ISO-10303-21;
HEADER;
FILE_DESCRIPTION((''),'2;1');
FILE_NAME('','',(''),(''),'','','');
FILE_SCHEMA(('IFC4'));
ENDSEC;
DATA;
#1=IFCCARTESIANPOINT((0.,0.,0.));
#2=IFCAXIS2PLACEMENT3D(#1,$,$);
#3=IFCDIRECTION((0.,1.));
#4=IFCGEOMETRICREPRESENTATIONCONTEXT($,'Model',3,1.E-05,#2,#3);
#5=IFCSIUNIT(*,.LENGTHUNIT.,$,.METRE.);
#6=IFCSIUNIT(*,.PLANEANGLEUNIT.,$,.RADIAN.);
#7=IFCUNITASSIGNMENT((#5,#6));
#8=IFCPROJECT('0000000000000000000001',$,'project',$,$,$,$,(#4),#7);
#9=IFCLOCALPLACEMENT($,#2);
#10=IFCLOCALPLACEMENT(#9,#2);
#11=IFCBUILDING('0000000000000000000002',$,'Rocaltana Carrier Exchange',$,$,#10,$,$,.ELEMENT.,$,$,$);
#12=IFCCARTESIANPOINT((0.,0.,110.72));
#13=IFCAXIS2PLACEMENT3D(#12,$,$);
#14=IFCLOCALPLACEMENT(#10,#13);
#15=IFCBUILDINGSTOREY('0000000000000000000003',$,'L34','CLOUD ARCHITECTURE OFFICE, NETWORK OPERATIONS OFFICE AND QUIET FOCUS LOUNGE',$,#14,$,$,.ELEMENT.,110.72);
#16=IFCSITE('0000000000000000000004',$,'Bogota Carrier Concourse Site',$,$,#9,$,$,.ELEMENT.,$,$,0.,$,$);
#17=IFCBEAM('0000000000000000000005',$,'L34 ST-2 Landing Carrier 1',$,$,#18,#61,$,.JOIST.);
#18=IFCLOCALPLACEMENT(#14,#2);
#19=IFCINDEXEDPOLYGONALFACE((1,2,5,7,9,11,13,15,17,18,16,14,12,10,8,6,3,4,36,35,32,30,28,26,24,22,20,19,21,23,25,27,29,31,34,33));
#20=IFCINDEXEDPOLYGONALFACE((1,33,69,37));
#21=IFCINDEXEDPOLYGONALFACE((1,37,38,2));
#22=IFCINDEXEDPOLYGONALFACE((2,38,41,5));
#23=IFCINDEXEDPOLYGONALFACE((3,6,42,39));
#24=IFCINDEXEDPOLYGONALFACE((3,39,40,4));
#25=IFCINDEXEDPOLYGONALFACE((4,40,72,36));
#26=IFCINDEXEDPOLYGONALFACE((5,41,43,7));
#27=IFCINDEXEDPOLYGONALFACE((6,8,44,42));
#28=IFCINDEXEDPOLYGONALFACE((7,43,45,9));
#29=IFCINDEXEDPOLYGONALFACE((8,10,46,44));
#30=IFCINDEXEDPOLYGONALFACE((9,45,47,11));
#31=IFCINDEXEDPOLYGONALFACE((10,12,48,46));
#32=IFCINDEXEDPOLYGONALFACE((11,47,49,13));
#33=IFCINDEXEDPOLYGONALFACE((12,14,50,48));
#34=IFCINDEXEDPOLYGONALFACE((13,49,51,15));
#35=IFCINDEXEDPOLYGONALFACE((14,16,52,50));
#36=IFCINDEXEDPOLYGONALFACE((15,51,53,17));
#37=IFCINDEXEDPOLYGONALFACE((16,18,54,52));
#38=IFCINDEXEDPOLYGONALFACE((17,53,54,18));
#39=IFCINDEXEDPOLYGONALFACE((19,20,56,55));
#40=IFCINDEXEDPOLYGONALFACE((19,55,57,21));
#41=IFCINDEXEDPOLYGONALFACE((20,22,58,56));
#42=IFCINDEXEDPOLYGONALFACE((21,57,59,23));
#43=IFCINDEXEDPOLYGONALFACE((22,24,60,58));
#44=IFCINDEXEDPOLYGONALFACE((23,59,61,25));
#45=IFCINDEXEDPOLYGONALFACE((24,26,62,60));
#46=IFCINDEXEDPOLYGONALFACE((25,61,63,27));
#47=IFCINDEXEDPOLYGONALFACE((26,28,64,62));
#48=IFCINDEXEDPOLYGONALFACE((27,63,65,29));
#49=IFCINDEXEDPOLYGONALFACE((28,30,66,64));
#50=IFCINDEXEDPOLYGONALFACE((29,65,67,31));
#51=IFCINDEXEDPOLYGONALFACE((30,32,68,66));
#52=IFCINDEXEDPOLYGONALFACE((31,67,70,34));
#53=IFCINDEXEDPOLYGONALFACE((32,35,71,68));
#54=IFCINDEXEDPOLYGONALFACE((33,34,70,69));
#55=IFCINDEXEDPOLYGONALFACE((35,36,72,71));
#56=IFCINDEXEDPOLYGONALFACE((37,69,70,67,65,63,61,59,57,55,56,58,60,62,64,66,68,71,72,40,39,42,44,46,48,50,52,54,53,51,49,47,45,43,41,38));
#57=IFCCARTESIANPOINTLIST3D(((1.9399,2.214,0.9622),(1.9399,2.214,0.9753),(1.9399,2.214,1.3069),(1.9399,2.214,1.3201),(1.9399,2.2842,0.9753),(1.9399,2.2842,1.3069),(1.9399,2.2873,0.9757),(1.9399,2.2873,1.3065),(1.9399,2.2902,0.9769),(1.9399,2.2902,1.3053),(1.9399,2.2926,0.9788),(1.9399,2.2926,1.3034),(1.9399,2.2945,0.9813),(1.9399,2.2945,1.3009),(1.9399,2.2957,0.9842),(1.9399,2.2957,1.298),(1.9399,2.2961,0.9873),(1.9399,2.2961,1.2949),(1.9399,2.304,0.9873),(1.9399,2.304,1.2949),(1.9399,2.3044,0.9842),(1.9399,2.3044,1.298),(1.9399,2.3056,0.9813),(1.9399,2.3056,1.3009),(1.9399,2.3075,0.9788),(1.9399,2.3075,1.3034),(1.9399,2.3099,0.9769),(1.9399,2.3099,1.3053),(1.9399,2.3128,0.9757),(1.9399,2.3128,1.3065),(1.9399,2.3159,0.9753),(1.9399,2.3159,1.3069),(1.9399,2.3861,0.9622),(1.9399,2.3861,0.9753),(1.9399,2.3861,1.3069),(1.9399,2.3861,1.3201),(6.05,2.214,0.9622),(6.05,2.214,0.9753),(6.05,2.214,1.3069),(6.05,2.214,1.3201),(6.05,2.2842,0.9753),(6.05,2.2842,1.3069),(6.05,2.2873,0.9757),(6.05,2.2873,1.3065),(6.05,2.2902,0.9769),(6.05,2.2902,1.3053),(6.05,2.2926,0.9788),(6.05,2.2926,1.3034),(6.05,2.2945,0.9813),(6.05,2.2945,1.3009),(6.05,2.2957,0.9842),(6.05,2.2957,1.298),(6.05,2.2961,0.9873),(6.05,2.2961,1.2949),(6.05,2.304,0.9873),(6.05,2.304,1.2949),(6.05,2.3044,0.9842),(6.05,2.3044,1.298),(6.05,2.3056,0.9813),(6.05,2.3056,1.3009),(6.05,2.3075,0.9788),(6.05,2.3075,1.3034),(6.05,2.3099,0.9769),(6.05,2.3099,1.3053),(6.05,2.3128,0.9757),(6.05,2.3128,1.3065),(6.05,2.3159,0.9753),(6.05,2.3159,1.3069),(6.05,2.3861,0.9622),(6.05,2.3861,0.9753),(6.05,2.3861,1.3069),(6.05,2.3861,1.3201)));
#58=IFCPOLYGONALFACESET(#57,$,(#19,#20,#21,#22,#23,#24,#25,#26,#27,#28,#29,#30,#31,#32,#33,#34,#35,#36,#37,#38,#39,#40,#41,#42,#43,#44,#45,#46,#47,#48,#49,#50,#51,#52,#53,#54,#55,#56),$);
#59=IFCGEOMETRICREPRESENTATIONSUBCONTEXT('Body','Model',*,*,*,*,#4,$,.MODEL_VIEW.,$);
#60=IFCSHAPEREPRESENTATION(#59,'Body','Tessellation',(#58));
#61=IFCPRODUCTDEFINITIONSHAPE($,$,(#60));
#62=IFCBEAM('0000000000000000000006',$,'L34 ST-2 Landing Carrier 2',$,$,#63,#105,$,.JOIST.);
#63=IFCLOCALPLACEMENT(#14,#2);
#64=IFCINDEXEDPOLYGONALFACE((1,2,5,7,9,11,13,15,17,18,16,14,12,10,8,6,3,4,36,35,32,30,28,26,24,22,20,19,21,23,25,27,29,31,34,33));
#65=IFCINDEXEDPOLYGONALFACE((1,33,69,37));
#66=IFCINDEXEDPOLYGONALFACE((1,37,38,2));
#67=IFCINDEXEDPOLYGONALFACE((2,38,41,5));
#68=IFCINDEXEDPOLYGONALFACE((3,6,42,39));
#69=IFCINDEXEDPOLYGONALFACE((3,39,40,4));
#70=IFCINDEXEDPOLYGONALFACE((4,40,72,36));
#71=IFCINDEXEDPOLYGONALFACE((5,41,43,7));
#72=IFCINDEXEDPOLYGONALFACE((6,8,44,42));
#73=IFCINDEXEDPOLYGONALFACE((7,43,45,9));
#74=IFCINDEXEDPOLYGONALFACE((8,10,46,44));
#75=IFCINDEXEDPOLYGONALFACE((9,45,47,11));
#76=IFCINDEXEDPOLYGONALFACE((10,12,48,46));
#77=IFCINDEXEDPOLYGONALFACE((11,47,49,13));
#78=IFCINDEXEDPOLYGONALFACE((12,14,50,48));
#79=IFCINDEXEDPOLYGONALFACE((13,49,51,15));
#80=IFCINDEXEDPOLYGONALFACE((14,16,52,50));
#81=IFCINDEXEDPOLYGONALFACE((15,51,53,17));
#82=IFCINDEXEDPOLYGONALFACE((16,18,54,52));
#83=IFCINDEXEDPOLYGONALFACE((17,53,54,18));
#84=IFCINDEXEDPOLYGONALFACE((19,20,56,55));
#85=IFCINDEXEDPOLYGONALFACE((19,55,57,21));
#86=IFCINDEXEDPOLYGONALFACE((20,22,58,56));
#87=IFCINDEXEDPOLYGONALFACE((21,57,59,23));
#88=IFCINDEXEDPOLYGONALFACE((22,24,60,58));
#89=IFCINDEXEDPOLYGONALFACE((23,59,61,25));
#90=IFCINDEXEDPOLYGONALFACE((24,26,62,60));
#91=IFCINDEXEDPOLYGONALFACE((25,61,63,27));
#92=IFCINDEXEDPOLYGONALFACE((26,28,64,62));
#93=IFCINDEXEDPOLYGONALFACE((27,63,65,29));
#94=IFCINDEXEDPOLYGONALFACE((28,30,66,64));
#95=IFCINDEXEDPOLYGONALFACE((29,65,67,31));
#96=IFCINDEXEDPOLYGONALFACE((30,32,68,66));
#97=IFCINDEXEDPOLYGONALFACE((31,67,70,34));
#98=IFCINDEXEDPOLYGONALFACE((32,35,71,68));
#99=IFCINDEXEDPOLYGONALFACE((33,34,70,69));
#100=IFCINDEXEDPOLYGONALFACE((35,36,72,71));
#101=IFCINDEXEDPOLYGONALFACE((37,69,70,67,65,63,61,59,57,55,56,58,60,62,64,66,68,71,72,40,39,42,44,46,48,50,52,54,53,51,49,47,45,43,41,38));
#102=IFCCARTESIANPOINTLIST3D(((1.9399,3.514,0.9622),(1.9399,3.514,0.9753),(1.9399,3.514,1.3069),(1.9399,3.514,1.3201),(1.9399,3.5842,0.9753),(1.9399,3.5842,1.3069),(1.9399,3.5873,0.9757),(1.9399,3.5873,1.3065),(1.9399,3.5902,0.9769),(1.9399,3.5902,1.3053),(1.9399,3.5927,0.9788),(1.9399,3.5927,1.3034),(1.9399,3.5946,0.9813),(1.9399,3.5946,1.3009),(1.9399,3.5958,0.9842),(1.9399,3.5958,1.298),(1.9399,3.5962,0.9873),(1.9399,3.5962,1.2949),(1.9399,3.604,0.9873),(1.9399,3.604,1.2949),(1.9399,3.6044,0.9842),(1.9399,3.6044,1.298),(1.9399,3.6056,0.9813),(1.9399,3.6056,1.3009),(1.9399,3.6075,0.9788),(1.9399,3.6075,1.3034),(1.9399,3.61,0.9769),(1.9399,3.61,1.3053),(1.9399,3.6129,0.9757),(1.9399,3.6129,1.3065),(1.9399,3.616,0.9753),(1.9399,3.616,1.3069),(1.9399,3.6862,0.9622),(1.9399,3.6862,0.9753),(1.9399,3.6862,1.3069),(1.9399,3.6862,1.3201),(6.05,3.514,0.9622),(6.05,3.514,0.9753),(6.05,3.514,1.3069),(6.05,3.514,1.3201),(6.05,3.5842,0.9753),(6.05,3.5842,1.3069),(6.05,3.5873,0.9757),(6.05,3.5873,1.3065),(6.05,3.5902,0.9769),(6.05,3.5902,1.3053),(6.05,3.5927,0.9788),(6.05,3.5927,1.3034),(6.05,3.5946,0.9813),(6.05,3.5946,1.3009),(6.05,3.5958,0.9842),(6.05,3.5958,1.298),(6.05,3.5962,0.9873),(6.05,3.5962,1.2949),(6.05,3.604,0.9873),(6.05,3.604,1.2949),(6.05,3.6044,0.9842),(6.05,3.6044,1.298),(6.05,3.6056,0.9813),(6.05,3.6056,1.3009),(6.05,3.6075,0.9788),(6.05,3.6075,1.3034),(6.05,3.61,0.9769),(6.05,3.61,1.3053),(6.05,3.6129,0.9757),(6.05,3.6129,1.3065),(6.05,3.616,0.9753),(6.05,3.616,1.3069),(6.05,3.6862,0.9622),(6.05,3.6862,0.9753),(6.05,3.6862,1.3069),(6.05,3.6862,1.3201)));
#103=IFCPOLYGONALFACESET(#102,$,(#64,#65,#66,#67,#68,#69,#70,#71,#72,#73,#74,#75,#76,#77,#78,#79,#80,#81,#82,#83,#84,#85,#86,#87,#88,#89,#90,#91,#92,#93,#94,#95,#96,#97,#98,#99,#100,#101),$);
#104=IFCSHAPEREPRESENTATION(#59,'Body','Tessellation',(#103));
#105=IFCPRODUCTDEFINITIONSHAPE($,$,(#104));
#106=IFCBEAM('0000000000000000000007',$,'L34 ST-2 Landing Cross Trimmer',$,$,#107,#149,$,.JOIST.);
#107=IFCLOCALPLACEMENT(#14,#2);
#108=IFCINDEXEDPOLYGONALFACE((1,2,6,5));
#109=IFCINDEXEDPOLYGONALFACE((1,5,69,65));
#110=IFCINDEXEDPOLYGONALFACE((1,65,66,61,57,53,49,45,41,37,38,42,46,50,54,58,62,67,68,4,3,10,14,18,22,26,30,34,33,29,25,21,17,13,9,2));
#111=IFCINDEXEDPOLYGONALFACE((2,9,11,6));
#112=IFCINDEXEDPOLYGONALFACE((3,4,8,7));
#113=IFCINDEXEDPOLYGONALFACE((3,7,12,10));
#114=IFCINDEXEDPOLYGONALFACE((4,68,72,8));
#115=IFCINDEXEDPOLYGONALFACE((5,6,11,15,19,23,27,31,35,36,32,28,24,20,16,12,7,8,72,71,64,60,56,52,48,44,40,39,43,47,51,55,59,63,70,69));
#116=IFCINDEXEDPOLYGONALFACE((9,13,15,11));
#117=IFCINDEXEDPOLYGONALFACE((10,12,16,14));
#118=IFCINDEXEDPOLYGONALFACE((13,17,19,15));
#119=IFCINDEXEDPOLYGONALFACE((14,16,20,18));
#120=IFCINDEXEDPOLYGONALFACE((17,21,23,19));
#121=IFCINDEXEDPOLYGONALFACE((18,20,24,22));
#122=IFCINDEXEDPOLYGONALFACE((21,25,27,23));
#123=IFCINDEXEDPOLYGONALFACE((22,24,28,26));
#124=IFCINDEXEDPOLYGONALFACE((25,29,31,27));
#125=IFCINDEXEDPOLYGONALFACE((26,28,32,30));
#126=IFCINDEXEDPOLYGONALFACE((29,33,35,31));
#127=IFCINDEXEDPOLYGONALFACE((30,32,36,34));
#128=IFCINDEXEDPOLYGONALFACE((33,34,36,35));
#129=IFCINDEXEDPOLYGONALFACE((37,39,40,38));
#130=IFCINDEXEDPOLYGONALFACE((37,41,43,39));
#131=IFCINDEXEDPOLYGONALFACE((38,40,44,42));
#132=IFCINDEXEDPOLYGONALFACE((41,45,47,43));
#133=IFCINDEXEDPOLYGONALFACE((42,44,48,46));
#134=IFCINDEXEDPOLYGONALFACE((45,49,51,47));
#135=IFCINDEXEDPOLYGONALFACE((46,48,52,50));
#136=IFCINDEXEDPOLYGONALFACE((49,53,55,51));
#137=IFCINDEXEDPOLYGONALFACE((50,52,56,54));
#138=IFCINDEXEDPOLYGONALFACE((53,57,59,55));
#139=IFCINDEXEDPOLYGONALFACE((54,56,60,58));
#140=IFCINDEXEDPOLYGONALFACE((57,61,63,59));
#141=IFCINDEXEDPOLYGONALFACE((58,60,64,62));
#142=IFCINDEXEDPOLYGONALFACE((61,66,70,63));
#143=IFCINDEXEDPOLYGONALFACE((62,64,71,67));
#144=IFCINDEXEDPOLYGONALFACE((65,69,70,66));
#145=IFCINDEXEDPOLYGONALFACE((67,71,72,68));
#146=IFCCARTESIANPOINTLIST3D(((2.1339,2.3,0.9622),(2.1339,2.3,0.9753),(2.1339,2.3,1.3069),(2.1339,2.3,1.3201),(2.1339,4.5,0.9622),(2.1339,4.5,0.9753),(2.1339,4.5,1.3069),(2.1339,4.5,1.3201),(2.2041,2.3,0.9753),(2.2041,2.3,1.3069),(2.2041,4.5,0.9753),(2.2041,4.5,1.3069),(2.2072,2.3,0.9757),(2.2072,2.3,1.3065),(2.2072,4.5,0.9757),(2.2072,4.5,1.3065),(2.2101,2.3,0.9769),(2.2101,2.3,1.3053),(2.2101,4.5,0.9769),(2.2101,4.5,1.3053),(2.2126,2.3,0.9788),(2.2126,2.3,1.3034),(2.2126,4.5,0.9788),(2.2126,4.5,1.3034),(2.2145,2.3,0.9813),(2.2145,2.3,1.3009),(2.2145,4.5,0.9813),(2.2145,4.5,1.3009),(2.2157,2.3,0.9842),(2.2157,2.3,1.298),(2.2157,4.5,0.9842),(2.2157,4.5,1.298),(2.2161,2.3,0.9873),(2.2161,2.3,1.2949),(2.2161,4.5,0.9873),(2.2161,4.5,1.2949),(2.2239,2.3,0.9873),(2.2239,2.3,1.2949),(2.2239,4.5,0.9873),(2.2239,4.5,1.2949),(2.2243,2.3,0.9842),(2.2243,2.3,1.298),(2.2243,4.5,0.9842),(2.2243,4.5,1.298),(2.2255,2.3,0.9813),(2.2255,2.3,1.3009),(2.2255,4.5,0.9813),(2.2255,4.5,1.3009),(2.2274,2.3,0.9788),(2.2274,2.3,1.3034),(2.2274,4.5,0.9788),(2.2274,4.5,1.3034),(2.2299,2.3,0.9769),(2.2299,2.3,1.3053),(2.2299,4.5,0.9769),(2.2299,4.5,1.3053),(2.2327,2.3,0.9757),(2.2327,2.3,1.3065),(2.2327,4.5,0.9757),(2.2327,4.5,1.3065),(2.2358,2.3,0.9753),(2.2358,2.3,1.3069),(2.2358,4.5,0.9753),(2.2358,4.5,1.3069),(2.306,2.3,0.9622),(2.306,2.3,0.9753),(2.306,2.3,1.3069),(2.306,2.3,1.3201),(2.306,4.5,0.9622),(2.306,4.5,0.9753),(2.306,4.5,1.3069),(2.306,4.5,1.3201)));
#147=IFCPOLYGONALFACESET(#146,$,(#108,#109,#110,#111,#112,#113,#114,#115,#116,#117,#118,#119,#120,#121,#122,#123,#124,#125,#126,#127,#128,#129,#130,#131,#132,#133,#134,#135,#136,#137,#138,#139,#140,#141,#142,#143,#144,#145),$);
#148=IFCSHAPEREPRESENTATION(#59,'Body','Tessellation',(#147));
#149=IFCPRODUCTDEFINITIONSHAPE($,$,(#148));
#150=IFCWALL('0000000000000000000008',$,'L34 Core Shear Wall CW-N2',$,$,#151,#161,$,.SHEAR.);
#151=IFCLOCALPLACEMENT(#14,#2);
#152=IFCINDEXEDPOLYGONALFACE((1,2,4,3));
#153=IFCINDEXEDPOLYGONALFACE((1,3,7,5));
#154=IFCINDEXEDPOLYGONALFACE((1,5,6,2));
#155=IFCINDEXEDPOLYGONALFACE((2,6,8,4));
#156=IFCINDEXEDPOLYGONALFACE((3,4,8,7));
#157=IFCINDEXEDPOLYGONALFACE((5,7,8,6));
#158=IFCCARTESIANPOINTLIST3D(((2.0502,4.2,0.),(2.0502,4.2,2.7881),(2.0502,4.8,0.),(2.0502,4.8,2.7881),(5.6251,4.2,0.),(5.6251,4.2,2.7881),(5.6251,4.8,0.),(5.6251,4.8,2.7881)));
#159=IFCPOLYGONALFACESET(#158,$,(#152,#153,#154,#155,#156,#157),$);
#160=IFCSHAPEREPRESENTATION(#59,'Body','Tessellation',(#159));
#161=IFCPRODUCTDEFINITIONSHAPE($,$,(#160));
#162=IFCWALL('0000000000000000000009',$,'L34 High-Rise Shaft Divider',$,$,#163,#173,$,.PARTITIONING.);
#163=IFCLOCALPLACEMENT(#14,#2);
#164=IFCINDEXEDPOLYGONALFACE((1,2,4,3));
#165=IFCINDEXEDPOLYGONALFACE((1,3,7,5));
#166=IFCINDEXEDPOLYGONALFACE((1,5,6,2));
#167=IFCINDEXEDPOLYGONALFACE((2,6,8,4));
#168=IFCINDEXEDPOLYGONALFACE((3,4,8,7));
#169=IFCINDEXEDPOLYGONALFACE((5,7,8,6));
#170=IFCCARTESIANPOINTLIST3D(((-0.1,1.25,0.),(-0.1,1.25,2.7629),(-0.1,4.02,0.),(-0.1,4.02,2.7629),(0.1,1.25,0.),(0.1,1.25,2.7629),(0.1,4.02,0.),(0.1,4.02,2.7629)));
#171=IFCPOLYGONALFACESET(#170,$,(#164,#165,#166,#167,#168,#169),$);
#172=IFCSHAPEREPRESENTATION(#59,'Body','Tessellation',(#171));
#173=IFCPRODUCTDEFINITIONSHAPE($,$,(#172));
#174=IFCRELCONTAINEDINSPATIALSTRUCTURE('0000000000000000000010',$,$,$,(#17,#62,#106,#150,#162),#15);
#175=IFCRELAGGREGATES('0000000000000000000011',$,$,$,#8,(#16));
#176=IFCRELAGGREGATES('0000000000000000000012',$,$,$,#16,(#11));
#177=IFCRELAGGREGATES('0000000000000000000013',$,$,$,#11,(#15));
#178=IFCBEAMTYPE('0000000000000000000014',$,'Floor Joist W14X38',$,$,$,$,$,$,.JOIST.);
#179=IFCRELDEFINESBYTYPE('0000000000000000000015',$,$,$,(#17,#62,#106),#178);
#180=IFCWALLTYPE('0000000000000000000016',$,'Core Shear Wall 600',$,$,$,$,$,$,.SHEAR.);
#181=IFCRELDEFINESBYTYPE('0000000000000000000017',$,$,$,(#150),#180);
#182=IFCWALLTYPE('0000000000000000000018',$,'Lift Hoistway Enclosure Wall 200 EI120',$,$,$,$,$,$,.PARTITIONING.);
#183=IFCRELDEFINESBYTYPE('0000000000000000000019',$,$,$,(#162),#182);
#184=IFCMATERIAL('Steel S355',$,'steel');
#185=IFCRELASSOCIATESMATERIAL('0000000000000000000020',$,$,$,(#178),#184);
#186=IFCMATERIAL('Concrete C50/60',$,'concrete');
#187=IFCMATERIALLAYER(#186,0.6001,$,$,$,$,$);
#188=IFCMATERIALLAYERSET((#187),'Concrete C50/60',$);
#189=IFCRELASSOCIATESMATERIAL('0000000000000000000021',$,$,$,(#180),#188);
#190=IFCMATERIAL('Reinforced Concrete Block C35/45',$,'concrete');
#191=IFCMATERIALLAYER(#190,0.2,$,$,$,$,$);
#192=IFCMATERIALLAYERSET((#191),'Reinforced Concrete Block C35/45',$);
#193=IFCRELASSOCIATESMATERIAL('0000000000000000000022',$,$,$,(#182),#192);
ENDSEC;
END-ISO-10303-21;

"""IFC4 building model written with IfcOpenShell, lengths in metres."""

from ifc_helpers import new_model, si_unit, direction, frame, frame_2d, origin, origin_2d, place, context, subcontext, project, spatial, rectangle, i_section, extrude, material, layer, layer_set, material_profile, profile_set, type_object, element, save


model = new_model("IFC4")

# Units and contexts
model_context = context("Model", 3, precision=1e-05, world=origin(), true_north=direction((0.0, 1.0)))
body_context = subcontext(model_context, "Body", "Model", "MODEL_VIEW")
ifc_project = project(units=[si_unit("LENGTHUNIT", "METRE"), si_unit("PLANEANGLEUNIT", "RADIAN")], contexts=[model_context])

# Site, building, storey
site_placement = place(None, origin())
site = spatial("IfcSite", under=ifc_project, at=site_placement, Name="Bogota Carrier Concourse Site", CompositionType="ELEMENT", RefElevation=0.0)
building_placement = place(site_placement, origin())
building = spatial("IfcBuilding", under=site, at=building_placement, Name="Rocaltana Carrier Exchange", CompositionType="ELEMENT")
storey_placement = place(building_placement, frame((0.0, 0.0, 110.72)))
storey = spatial("IfcBuildingStorey", under=building, at=storey_placement, Name="L34", Description="CLOUD ARCHITECTURE OFFICE, NETWORK OPERATIONS OFFICE AND QUIET FOCUS LOUNGE", CompositionType="ELEMENT", Elevation=110.72)

# Beams
ifc_material_1 = material(Name="Steel S355", Category="steel")
ifc_material_profile = material_profile(ifc_material_1, i_section(OverallWidth=0.1721, OverallDepth=0.3579, WebThickness=0.0078, FlangeThickness=0.0132, FilletRadius=0.012, at=origin_2d()), Name="W14X38")
ifc_profile_set = profile_set([ifc_material_profile], Name="Steel S355")
beam_type = type_object("IfcBeamType", Name="Floor Joist W14X38", PredefinedType="JOIST", material=ifc_profile_set)
for number, where, z_axis, x_axis, name in (
    (1, (1.9399, 2.3, 1.1411), (1.0, 0.0, 0.0), (0.0, 1.0, 0.0), "L34 ST-2 Landing Carrier 1"),
    (2, (1.9399, 3.6001, 1.1411), (1.0, 0.0, 0.0), (0.0, 1.0, 0.0), "L34 ST-2 Landing Carrier 2"),
):
    element("IfcBeam", number, at=place(storey_placement, frame(where, z_axis=z_axis, x_axis=x_axis)), inside=storey, type_object=beam_type, Name=name, PredefinedType="JOIST", context=body_context, shape_type="SweptSolid", body=[
        extrude(i_section(OverallWidth=0.1721, OverallDepth=0.3579, WebThickness=0.0078, FlangeThickness=0.0132, FilletRadius=0.012, at=origin_2d()), origin(), (0.0, 0.0, 1.0), 4.1101),
    ])
beam_placement = place(storey_placement, frame((2.22, 2.3, 1.1411), z_axis=(0.0, 1.0, 0.0), x_axis=(-1.0, 0.0, 0.0)))
element("IfcBeam", 3, at=beam_placement, inside=storey, type_object=beam_type, Name="L34 ST-2 Landing Cross Trimmer", PredefinedType="JOIST", context=body_context, shape_type="SweptSolid", body=[
    extrude(i_section(OverallWidth=0.1721, OverallDepth=0.3579, WebThickness=0.0078, FlangeThickness=0.0132, FilletRadius=0.012, at=origin_2d()), origin(), (0.0, 0.0, 1.0), 2.2),
])

# Walls
ifc_material_2 = material(Name="Concrete C50/60", Category="concrete")
ifc_layer_1 = layer(ifc_material_2, 0.6001)
ifc_layer_set_1 = layer_set([ifc_layer_1], Name="Concrete C50/60")
wall_type_1 = type_object("IfcWallType", Name="Core Shear Wall 600", PredefinedType="SHEAR", material=ifc_layer_set_1)
wall_1_placement = place(storey_placement, frame((2.05, 4.5, 0.0), z_axis=(0.0, 0.0, 1.0), x_axis=(1.0, 0.0, 0.0)))
element("IfcWall", 4, at=wall_1_placement, inside=storey, type_object=wall_type_1, Name="L34 Core Shear Wall CW-N2", PredefinedType="SHEAR", context=body_context, shape_type="SweptSolid", body=[
    extrude(rectangle(XDim=3.575, YDim=0.6001, at=frame_2d((1.7876, 0.0))), origin(), (0.0, 0.0, 1.0), 2.7881),
])
ifc_material_3 = material(Name="Reinforced Concrete Block C35/45", Category="concrete")
ifc_layer_2 = layer(ifc_material_3, 0.2)
ifc_layer_set_2 = layer_set([ifc_layer_2], Name="Reinforced Concrete Block C35/45")
wall_type_2 = type_object("IfcWallType", Name="Lift Hoistway Enclosure Wall 200 EI120", PredefinedType="PARTITIONING", material=ifc_layer_set_2)
wall_2_placement = place(storey_placement, frame((0.0, 1.25, 0.0), z_axis=(0.0, 0.0, 1.0), x_axis=(0.0, 1.0, 0.0)))
element("IfcWall", 5, at=wall_2_placement, inside=storey, type_object=wall_type_2, Name="L34 High-Rise Shaft Divider", PredefinedType="PARTITIONING", context=body_context, shape_type="SweptSolid", body=[
    extrude(rectangle(XDim=2.77, YDim=0.2, at=frame_2d((1.385, 0.0))), origin(), (0.0, 0.0, 1.0), 2.7629),
])

save(model, "model.ifc")
